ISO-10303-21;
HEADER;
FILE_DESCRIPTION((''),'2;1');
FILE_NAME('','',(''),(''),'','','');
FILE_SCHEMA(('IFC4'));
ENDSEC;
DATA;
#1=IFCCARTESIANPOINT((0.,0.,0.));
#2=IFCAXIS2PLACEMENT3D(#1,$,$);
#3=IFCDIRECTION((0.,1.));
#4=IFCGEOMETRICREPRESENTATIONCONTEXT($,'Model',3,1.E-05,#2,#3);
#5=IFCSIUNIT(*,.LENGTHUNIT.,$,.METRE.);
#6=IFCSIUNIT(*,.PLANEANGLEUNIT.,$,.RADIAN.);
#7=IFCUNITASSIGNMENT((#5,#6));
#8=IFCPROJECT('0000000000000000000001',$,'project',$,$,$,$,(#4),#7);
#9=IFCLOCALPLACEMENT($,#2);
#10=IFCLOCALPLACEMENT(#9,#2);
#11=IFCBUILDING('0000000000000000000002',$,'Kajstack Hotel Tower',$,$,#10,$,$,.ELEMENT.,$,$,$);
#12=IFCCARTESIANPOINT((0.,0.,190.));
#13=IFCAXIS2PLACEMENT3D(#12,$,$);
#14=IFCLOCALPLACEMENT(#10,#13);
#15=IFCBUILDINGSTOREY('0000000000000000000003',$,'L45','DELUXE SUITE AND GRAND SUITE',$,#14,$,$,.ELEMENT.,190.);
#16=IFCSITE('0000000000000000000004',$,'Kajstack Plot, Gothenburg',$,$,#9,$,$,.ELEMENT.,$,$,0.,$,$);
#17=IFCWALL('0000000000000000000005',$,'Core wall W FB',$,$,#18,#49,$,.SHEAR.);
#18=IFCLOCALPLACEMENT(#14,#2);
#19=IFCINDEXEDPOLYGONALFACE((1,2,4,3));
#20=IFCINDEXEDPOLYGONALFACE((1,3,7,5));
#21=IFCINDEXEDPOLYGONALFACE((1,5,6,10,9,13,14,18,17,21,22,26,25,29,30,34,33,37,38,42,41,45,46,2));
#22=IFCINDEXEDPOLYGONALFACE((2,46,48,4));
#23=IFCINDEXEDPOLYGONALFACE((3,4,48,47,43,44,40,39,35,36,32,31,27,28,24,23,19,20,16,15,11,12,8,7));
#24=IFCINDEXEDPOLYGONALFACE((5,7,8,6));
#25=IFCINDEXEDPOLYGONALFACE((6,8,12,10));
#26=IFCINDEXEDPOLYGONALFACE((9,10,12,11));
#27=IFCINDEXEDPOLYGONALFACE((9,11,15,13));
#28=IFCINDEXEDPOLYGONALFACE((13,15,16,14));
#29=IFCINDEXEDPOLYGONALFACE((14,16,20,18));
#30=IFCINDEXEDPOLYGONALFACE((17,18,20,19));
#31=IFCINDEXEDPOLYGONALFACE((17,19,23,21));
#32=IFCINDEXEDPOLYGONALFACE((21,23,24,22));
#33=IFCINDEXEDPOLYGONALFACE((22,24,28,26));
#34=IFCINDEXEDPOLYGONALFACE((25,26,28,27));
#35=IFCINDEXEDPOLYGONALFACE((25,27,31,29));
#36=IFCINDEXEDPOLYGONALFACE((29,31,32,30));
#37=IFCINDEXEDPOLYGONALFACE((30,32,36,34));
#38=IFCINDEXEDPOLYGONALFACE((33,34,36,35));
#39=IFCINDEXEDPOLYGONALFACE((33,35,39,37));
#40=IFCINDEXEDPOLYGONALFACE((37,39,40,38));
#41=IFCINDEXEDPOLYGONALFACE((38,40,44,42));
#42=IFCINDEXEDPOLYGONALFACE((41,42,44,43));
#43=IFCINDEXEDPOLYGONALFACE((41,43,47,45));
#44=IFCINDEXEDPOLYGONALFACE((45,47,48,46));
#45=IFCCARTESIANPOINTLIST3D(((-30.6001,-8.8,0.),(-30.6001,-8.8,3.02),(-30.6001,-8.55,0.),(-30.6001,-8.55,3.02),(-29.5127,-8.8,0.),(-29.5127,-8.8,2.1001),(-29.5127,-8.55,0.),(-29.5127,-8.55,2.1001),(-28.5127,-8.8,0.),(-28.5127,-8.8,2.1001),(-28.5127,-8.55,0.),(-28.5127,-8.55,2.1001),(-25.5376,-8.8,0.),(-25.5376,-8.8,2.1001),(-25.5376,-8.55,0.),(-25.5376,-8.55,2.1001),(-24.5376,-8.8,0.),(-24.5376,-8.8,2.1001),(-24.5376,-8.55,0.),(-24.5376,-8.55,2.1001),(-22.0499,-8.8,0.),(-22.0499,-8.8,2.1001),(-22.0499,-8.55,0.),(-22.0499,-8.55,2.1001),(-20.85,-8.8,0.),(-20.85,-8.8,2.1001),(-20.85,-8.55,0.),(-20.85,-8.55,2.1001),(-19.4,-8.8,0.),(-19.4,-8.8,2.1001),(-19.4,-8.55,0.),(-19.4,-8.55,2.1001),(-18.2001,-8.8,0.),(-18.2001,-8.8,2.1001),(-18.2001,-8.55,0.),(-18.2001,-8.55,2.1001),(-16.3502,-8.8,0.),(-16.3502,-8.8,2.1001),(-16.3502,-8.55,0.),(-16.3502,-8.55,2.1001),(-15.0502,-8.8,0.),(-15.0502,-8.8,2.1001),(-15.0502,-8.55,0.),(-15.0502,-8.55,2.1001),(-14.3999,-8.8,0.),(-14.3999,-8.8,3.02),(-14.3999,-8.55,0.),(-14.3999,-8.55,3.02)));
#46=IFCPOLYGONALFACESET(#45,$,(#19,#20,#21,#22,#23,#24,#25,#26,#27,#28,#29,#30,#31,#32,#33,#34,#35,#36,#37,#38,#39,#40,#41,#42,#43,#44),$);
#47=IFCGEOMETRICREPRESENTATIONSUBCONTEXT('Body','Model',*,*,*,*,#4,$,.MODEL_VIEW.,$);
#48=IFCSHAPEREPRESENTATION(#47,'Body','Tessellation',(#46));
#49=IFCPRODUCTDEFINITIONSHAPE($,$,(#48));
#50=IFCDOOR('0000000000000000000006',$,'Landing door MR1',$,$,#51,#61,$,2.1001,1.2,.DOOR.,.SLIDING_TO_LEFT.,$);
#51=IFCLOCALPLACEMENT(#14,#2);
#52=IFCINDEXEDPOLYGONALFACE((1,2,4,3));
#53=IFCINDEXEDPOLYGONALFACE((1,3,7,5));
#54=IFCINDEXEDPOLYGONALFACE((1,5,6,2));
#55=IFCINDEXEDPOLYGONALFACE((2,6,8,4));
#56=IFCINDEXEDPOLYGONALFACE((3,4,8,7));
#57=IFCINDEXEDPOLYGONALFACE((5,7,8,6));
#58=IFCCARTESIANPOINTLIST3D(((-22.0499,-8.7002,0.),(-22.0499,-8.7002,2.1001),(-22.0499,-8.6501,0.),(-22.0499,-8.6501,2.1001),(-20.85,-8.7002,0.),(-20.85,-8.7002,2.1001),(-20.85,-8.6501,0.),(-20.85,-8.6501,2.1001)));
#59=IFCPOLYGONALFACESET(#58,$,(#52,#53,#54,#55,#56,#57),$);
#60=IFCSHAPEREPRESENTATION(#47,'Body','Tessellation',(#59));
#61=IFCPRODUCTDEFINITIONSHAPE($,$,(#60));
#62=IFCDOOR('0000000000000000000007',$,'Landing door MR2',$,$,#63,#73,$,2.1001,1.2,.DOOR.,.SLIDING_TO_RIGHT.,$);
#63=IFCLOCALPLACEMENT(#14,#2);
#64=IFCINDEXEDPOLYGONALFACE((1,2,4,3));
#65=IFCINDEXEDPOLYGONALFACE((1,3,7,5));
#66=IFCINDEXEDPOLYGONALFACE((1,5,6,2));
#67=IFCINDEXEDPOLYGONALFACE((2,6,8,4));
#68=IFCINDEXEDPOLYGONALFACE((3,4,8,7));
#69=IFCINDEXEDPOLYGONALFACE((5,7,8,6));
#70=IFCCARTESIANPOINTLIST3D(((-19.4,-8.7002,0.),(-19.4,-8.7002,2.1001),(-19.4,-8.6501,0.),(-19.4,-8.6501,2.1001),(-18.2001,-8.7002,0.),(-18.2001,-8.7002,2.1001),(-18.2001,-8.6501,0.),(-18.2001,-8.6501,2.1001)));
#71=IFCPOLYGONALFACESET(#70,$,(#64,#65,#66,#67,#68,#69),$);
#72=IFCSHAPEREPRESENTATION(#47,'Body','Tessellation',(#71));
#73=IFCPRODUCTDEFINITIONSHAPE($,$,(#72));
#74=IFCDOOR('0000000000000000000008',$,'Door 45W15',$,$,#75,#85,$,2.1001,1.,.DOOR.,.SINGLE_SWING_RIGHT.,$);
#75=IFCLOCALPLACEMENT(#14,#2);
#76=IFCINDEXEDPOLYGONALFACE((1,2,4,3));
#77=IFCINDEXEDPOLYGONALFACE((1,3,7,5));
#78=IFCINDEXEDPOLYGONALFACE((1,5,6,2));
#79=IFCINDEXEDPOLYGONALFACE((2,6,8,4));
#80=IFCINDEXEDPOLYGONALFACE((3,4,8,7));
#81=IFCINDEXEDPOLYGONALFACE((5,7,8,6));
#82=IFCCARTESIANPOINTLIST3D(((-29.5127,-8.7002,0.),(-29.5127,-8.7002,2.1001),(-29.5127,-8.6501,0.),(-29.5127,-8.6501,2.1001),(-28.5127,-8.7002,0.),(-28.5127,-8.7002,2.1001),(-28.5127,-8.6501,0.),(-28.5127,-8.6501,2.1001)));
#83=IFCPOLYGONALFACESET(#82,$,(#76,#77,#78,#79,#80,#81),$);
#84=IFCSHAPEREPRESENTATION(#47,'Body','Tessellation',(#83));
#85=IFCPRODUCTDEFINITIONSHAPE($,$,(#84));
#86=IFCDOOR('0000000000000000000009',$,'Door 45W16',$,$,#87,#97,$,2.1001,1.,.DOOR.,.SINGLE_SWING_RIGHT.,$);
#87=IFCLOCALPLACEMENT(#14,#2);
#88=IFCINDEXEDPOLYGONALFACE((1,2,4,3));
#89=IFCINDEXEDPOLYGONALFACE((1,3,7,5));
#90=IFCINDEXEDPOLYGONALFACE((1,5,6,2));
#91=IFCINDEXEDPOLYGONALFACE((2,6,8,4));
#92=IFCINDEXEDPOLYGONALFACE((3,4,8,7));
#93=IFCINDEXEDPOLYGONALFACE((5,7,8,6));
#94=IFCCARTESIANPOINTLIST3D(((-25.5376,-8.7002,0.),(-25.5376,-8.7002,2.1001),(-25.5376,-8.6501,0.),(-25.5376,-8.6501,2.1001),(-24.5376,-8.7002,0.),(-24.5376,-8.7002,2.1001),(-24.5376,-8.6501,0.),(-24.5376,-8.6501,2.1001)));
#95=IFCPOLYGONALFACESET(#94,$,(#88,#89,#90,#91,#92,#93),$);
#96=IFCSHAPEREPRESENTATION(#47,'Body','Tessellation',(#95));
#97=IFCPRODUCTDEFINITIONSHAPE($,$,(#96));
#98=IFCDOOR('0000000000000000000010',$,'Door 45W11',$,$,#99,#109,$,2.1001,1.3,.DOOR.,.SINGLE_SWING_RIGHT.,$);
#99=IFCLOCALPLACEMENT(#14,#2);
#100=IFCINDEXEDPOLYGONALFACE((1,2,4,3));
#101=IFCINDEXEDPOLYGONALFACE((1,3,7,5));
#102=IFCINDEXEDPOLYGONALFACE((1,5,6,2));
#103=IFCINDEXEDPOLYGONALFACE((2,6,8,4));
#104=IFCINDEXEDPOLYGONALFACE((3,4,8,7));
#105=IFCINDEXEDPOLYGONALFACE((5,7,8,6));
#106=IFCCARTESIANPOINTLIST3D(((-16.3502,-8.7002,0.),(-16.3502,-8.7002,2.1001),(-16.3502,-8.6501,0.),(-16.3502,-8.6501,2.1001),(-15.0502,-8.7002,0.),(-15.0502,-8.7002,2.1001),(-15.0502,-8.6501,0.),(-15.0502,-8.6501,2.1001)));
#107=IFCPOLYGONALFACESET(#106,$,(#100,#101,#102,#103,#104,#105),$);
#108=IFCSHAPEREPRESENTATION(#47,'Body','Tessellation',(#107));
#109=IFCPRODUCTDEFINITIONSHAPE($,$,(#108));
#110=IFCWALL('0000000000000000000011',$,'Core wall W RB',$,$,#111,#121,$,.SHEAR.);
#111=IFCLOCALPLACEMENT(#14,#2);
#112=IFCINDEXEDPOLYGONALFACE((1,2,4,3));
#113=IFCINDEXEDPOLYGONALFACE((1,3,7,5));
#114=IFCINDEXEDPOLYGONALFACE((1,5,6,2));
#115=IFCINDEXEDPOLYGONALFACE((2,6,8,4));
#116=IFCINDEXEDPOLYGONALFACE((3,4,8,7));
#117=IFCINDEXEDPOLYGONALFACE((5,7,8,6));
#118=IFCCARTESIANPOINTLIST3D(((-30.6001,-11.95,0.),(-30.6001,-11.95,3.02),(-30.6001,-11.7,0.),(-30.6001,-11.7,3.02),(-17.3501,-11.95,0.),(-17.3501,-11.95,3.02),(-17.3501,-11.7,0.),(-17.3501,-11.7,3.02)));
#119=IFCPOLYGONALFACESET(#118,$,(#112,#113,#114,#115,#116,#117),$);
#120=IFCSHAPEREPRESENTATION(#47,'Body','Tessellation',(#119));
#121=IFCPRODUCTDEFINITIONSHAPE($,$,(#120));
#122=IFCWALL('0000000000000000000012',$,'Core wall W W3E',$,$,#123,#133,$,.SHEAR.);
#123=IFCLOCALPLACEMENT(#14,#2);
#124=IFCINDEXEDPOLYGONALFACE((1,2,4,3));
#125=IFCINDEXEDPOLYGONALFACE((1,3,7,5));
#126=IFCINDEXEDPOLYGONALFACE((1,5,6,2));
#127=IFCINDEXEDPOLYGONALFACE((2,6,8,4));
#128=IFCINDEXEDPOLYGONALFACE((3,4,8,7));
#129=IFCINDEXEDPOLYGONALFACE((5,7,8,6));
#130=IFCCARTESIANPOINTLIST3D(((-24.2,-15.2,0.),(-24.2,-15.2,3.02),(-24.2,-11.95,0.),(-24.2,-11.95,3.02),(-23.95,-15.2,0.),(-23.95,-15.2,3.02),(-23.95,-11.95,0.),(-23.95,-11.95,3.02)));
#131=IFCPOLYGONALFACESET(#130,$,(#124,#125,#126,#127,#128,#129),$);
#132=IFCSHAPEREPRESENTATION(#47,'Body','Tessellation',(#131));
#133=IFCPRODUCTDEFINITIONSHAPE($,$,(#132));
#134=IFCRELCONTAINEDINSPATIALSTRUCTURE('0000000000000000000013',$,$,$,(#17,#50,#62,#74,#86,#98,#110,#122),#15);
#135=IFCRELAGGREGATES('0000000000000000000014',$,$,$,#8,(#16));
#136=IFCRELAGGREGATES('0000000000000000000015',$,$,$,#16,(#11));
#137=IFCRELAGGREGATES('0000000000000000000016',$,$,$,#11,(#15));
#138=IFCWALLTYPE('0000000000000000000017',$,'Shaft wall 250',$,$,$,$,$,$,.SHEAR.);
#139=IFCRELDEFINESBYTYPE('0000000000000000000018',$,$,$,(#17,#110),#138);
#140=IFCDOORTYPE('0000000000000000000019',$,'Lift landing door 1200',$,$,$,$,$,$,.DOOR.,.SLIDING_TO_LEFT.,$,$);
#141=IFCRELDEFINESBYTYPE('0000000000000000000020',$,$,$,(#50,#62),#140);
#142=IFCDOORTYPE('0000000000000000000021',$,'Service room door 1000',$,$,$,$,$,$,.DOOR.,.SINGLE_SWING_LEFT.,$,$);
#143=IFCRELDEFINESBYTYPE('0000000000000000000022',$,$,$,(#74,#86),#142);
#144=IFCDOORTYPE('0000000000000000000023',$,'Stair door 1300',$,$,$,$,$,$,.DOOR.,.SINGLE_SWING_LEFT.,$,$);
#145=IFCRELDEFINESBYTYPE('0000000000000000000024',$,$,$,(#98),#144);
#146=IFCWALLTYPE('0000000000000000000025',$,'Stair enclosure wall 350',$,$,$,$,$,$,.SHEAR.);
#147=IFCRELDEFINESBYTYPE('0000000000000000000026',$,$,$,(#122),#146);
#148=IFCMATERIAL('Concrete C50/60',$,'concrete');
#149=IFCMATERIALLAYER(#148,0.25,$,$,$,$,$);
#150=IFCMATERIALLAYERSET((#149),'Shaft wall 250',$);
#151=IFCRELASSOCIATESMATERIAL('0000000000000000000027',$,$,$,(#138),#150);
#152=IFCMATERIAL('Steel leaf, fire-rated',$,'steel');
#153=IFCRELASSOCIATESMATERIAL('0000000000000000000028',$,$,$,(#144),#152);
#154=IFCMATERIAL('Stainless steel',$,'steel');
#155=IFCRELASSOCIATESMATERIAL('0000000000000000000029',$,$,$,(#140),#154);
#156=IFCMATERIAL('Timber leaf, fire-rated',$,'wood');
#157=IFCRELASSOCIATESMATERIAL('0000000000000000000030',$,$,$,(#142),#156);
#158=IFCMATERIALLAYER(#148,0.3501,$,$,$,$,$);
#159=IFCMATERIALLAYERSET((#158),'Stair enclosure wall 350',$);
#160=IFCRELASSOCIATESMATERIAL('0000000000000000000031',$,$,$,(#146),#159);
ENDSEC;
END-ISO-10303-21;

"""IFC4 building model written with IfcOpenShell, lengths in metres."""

from ifc_helpers import new_model, si_unit, direction, frame, frame_2d, origin, place, context, subcontext, project, spatial, rectangle, extrude, material, layer, layer_set, type_object, element, fill, save


model = new_model("IFC4")

# Units and contexts
model_context = context("Model", 3, precision=1e-05, world=origin(), true_north=direction((0.0, 1.0)))
body_context = subcontext(model_context, "Body", "Model", "MODEL_VIEW")
ifc_project = project(units=[si_unit("LENGTHUNIT", "METRE"), si_unit("PLANEANGLEUNIT", "RADIAN")], contexts=[model_context])

# Site, building, storey
site_placement = place(None, origin())
site = spatial("IfcSite", under=ifc_project, at=site_placement, Name="Kajstack Plot, Gothenburg", CompositionType="ELEMENT", RefElevation=0.0)
building_placement = place(site_placement, origin())
building = spatial("IfcBuilding", under=site, at=building_placement, Name="Kajstack Hotel Tower", CompositionType="ELEMENT")
storey_placement = place(building_placement, frame((0.0, 0.0, 190.0)))
storey = spatial("IfcBuildingStorey", under=building, at=storey_placement, Name="L45", Description="DELUXE SUITE AND GRAND SUITE", CompositionType="ELEMENT", Elevation=190.0)

# Shared definitions
ifc_material_1 = material(Name="Stainless steel", Category="steel")

# Wall, openings, doors
ifc_material_2 = material(Name="Concrete C50/60", Category="concrete")
ifc_layer_1 = layer(ifc_material_2, 0.25)
ifc_layer_set_1 = layer_set([ifc_layer_1], Name="Shaft wall 250")
wall_type_1 = type_object("IfcWallType", Name="Shaft wall 250", PredefinedType="SHEAR", material=ifc_layer_set_1)
ifc_material_3 = material(Name="Timber leaf, fire-rated", Category="wood")
ifc_material_4 = material(Name="Steel leaf, fire-rated", Category="steel")
door_type_1 = type_object("IfcDoorType", Name="Stair door 1300", OperationType="SINGLE_SWING_LEFT", PredefinedType="DOOR", material=ifc_material_4)
wall_1_placement = place(storey_placement, frame((-30.6001, -8.675, 0.0), z_axis=(0.0, 0.0, 1.0), x_axis=(1.0, 0.0, 0.0)))
wall_1 = element("IfcWall", 1, at=wall_1_placement, inside=storey, type_object=wall_type_1, Name="Core wall W FB", PredefinedType="SHEAR", context=body_context, shape_type="SweptSolid", body=[
    extrude(rectangle(XDim=16.2002, YDim=0.25, at=frame_2d((8.1001, 0.0))), origin(), (0.0, 0.0, 1.0), 3.02),
])
opening_1_placement = place(wall_1_placement, frame((8.55, 0.0, 0.0)))
opening_1 = element("IfcOpeningElement", 2, at=opening_1_placement, cuts=wall_1, PredefinedType="OPENING", context=body_context, shape_type="SweptSolid", body=[
    extrude(rectangle(XDim=1.2, YDim=2.1001, at=frame_2d((0.6001, 1.05))), frame((0.0, 0.135, 0.0), z_axis=(0.0, -1.0, 0.0), x_axis=(1.0, 0.0, 0.0)), (0.0, 0.0, 1.0), 0.27),
])
opening_2_placement = place(wall_1_placement, frame((11.2, 0.0, 0.0)))
opening_2 = element("IfcOpeningElement", 3, at=opening_2_placement, cuts=wall_1, PredefinedType="OPENING", context=body_context, shape_type="SweptSolid", body=[
    extrude(rectangle(XDim=1.2, YDim=2.1001, at=frame_2d((0.6001, 1.05))), frame((0.0, 0.135, 0.0), z_axis=(0.0, -1.0, 0.0), x_axis=(1.0, 0.0, 0.0)), (0.0, 0.0, 1.0), 0.27),
])
opening_3_placement = place(wall_1_placement, frame((14.25, 0.0, 0.0)))
opening_3 = element("IfcOpeningElement", 4, at=opening_3_placement, cuts=wall_1, PredefinedType="OPENING", context=body_context, shape_type="SweptSolid", body=[
    extrude(rectangle(XDim=1.3, YDim=2.1001, at=frame_2d((0.6499, 1.05))), frame((0.0, 0.135, 0.0), z_axis=(0.0, -1.0, 0.0), x_axis=(1.0, 0.0, 0.0)), (0.0, 0.0, 1.0), 0.27),
])
opening_4_placement = place(wall_1_placement, frame((1.0874, 0.0, 0.0)))
opening_4 = element("IfcOpeningElement", 5, at=opening_4_placement, cuts=wall_1, PredefinedType="OPENING", context=body_context, shape_type="SweptSolid", body=[
    extrude(rectangle(XDim=1.0, YDim=2.1001, at=frame_2d((0.5, 1.05))), frame((0.0, 0.135, 0.0), z_axis=(0.0, -1.0, 0.0), x_axis=(1.0, 0.0, 0.0)), (0.0, 0.0, 1.0), 0.27),
])
opening_5_placement = place(wall_1_placement, frame((5.0625, 0.0, 0.0)))
opening_5 = element("IfcOpeningElement", 6, at=opening_5_placement, cuts=wall_1, PredefinedType="OPENING", context=body_context, shape_type="SweptSolid", body=[
    extrude(rectangle(XDim=1.0, YDim=2.1001, at=frame_2d((0.5, 1.05))), frame((0.0, 0.135, 0.0), z_axis=(0.0, -1.0, 0.0), x_axis=(1.0, 0.0, 0.0)), (0.0, 0.0, 1.0), 0.27),
])
door_type_2 = type_object("IfcDoorType", Name="Lift landing door 1200", OperationType="SLIDING_TO_LEFT", PredefinedType="DOOR", material=ifc_material_1)
door_1_placement = place(opening_1_placement, origin())
door_1 = element("IfcDoor", 7, at=door_1_placement, inside=storey, type_object=door_type_2, Name="Landing door MR1", OperationType="SLIDING_TO_LEFT", OverallHeight=2.1001, OverallWidth=1.2, PredefinedType="DOOR", context=body_context, shape_type="SweptSolid", body=[
    extrude(rectangle(XDim=1.2, YDim=2.1001, at=frame_2d((0.6001, 1.05))), frame((0.0, 0.0249, 0.0), z_axis=(0.0, -1.0, 0.0), x_axis=(1.0, 0.0, 0.0)), (0.0, 0.0, 1.0), 0.05),
])
fill(opening_1, door_1)
door_2_placement = place(opening_2_placement, origin())
door_2 = element("IfcDoor", 8, at=door_2_placement, inside=storey, type_object=door_type_2, Name="Landing door MR2", OperationType="SLIDING_TO_RIGHT", OverallHeight=2.1001, OverallWidth=1.2, PredefinedType="DOOR", context=body_context, shape_type="SweptSolid", body=[
    extrude(rectangle(XDim=1.2, YDim=2.1001, at=frame_2d((0.6001, 1.05))), frame((0.0, 0.0249, 0.0), z_axis=(0.0, -1.0, 0.0), x_axis=(1.0, 0.0, 0.0)), (0.0, 0.0, 1.0), 0.05),
])
fill(opening_2, door_2)
door_type_3 = type_object("IfcDoorType", Name="Service room door 1000", OperationType="SINGLE_SWING_LEFT", PredefinedType="DOOR", material=ifc_material_3)
door_3_placement = place(opening_4_placement, origin())
door_3 = element("IfcDoor", 9, at=door_3_placement, inside=storey, type_object=door_type_3, Name="Door 45W15", OperationType="SINGLE_SWING_RIGHT", OverallHeight=2.1001, OverallWidth=1.0, PredefinedType="DOOR", context=body_context, shape_type="SweptSolid", body=[
    extrude(rectangle(XDim=1.0, YDim=2.1001, at=frame_2d((0.5, 1.05))), frame((0.0, 0.0249, 0.0), z_axis=(0.0, -1.0, 0.0), x_axis=(1.0, 0.0, 0.0)), (0.0, 0.0, 1.0), 0.05),
])
fill(opening_4, door_3)
door_4_placement = place(opening_5_placement, origin())
door_4 = element("IfcDoor", 10, at=door_4_placement, inside=storey, type_object=door_type_3, Name="Door 45W16", OperationType="SINGLE_SWING_RIGHT", OverallHeight=2.1001, OverallWidth=1.0, PredefinedType="DOOR", context=body_context, shape_type="SweptSolid", body=[
    extrude(rectangle(XDim=1.0, YDim=2.1001, at=frame_2d((0.5, 1.05))), frame((0.0, 0.0249, 0.0), z_axis=(0.0, -1.0, 0.0), x_axis=(1.0, 0.0, 0.0)), (0.0, 0.0, 1.0), 0.05),
])
fill(opening_5, door_4)
door_5_placement = place(opening_3_placement, origin())
door_5 = element("IfcDoor", 11, at=door_5_placement, inside=storey, type_object=door_type_1, Name="Door 45W11", OperationType="SINGLE_SWING_RIGHT", OverallHeight=2.1001, OverallWidth=1.3, PredefinedType="DOOR", context=body_context, shape_type="SweptSolid", body=[
    extrude(rectangle(XDim=1.3, YDim=2.1001, at=frame_2d((0.6499, 1.05))), frame((0.0, 0.0249, 0.0), z_axis=(0.0, -1.0, 0.0), x_axis=(1.0, 0.0, 0.0)), (0.0, 0.0, 1.0), 0.05),
])
fill(opening_3, door_5)

# Walls
wall_2_placement = place(storey_placement, frame((-30.6001, -11.825, 0.0), z_axis=(0.0, 0.0, 1.0), x_axis=(1.0, 0.0, 0.0)))
element("IfcWall", 12, at=wall_2_placement, inside=storey, type_object=wall_type_1, Name="Core wall W RB", PredefinedType="SHEAR", context=body_context, shape_type="SweptSolid", body=[
    extrude(rectangle(XDim=13.25, YDim=0.25, at=frame_2d((6.625, 0.0))), origin(), (0.0, 0.0, 1.0), 3.02),
])
ifc_layer_2 = layer(ifc_material_2, 0.3501)
ifc_layer_set_2 = layer_set([ifc_layer_2], Name="Stair enclosure wall 350")
wall_type_2 = type_object("IfcWallType", Name="Stair enclosure wall 350", PredefinedType="SHEAR", material=ifc_layer_set_2)
wall_3_placement = place(storey_placement, frame((-24.075, -15.2, 0.0), z_axis=(0.0, 0.0, 1.0), x_axis=(0.0, 1.0, 0.0)))
element("IfcWall", 13, at=wall_3_placement, inside=storey, type_object=wall_type_2, Name="Core wall W W3E", PredefinedType="SHEAR", context=body_context, shape_type="SweptSolid", body=[
    extrude(rectangle(XDim=3.25, YDim=0.25, at=frame_2d((1.625, 0.0))), origin(), (0.0, 0.0, 1.0), 3.02),
])

save(model, "model.ifc")
